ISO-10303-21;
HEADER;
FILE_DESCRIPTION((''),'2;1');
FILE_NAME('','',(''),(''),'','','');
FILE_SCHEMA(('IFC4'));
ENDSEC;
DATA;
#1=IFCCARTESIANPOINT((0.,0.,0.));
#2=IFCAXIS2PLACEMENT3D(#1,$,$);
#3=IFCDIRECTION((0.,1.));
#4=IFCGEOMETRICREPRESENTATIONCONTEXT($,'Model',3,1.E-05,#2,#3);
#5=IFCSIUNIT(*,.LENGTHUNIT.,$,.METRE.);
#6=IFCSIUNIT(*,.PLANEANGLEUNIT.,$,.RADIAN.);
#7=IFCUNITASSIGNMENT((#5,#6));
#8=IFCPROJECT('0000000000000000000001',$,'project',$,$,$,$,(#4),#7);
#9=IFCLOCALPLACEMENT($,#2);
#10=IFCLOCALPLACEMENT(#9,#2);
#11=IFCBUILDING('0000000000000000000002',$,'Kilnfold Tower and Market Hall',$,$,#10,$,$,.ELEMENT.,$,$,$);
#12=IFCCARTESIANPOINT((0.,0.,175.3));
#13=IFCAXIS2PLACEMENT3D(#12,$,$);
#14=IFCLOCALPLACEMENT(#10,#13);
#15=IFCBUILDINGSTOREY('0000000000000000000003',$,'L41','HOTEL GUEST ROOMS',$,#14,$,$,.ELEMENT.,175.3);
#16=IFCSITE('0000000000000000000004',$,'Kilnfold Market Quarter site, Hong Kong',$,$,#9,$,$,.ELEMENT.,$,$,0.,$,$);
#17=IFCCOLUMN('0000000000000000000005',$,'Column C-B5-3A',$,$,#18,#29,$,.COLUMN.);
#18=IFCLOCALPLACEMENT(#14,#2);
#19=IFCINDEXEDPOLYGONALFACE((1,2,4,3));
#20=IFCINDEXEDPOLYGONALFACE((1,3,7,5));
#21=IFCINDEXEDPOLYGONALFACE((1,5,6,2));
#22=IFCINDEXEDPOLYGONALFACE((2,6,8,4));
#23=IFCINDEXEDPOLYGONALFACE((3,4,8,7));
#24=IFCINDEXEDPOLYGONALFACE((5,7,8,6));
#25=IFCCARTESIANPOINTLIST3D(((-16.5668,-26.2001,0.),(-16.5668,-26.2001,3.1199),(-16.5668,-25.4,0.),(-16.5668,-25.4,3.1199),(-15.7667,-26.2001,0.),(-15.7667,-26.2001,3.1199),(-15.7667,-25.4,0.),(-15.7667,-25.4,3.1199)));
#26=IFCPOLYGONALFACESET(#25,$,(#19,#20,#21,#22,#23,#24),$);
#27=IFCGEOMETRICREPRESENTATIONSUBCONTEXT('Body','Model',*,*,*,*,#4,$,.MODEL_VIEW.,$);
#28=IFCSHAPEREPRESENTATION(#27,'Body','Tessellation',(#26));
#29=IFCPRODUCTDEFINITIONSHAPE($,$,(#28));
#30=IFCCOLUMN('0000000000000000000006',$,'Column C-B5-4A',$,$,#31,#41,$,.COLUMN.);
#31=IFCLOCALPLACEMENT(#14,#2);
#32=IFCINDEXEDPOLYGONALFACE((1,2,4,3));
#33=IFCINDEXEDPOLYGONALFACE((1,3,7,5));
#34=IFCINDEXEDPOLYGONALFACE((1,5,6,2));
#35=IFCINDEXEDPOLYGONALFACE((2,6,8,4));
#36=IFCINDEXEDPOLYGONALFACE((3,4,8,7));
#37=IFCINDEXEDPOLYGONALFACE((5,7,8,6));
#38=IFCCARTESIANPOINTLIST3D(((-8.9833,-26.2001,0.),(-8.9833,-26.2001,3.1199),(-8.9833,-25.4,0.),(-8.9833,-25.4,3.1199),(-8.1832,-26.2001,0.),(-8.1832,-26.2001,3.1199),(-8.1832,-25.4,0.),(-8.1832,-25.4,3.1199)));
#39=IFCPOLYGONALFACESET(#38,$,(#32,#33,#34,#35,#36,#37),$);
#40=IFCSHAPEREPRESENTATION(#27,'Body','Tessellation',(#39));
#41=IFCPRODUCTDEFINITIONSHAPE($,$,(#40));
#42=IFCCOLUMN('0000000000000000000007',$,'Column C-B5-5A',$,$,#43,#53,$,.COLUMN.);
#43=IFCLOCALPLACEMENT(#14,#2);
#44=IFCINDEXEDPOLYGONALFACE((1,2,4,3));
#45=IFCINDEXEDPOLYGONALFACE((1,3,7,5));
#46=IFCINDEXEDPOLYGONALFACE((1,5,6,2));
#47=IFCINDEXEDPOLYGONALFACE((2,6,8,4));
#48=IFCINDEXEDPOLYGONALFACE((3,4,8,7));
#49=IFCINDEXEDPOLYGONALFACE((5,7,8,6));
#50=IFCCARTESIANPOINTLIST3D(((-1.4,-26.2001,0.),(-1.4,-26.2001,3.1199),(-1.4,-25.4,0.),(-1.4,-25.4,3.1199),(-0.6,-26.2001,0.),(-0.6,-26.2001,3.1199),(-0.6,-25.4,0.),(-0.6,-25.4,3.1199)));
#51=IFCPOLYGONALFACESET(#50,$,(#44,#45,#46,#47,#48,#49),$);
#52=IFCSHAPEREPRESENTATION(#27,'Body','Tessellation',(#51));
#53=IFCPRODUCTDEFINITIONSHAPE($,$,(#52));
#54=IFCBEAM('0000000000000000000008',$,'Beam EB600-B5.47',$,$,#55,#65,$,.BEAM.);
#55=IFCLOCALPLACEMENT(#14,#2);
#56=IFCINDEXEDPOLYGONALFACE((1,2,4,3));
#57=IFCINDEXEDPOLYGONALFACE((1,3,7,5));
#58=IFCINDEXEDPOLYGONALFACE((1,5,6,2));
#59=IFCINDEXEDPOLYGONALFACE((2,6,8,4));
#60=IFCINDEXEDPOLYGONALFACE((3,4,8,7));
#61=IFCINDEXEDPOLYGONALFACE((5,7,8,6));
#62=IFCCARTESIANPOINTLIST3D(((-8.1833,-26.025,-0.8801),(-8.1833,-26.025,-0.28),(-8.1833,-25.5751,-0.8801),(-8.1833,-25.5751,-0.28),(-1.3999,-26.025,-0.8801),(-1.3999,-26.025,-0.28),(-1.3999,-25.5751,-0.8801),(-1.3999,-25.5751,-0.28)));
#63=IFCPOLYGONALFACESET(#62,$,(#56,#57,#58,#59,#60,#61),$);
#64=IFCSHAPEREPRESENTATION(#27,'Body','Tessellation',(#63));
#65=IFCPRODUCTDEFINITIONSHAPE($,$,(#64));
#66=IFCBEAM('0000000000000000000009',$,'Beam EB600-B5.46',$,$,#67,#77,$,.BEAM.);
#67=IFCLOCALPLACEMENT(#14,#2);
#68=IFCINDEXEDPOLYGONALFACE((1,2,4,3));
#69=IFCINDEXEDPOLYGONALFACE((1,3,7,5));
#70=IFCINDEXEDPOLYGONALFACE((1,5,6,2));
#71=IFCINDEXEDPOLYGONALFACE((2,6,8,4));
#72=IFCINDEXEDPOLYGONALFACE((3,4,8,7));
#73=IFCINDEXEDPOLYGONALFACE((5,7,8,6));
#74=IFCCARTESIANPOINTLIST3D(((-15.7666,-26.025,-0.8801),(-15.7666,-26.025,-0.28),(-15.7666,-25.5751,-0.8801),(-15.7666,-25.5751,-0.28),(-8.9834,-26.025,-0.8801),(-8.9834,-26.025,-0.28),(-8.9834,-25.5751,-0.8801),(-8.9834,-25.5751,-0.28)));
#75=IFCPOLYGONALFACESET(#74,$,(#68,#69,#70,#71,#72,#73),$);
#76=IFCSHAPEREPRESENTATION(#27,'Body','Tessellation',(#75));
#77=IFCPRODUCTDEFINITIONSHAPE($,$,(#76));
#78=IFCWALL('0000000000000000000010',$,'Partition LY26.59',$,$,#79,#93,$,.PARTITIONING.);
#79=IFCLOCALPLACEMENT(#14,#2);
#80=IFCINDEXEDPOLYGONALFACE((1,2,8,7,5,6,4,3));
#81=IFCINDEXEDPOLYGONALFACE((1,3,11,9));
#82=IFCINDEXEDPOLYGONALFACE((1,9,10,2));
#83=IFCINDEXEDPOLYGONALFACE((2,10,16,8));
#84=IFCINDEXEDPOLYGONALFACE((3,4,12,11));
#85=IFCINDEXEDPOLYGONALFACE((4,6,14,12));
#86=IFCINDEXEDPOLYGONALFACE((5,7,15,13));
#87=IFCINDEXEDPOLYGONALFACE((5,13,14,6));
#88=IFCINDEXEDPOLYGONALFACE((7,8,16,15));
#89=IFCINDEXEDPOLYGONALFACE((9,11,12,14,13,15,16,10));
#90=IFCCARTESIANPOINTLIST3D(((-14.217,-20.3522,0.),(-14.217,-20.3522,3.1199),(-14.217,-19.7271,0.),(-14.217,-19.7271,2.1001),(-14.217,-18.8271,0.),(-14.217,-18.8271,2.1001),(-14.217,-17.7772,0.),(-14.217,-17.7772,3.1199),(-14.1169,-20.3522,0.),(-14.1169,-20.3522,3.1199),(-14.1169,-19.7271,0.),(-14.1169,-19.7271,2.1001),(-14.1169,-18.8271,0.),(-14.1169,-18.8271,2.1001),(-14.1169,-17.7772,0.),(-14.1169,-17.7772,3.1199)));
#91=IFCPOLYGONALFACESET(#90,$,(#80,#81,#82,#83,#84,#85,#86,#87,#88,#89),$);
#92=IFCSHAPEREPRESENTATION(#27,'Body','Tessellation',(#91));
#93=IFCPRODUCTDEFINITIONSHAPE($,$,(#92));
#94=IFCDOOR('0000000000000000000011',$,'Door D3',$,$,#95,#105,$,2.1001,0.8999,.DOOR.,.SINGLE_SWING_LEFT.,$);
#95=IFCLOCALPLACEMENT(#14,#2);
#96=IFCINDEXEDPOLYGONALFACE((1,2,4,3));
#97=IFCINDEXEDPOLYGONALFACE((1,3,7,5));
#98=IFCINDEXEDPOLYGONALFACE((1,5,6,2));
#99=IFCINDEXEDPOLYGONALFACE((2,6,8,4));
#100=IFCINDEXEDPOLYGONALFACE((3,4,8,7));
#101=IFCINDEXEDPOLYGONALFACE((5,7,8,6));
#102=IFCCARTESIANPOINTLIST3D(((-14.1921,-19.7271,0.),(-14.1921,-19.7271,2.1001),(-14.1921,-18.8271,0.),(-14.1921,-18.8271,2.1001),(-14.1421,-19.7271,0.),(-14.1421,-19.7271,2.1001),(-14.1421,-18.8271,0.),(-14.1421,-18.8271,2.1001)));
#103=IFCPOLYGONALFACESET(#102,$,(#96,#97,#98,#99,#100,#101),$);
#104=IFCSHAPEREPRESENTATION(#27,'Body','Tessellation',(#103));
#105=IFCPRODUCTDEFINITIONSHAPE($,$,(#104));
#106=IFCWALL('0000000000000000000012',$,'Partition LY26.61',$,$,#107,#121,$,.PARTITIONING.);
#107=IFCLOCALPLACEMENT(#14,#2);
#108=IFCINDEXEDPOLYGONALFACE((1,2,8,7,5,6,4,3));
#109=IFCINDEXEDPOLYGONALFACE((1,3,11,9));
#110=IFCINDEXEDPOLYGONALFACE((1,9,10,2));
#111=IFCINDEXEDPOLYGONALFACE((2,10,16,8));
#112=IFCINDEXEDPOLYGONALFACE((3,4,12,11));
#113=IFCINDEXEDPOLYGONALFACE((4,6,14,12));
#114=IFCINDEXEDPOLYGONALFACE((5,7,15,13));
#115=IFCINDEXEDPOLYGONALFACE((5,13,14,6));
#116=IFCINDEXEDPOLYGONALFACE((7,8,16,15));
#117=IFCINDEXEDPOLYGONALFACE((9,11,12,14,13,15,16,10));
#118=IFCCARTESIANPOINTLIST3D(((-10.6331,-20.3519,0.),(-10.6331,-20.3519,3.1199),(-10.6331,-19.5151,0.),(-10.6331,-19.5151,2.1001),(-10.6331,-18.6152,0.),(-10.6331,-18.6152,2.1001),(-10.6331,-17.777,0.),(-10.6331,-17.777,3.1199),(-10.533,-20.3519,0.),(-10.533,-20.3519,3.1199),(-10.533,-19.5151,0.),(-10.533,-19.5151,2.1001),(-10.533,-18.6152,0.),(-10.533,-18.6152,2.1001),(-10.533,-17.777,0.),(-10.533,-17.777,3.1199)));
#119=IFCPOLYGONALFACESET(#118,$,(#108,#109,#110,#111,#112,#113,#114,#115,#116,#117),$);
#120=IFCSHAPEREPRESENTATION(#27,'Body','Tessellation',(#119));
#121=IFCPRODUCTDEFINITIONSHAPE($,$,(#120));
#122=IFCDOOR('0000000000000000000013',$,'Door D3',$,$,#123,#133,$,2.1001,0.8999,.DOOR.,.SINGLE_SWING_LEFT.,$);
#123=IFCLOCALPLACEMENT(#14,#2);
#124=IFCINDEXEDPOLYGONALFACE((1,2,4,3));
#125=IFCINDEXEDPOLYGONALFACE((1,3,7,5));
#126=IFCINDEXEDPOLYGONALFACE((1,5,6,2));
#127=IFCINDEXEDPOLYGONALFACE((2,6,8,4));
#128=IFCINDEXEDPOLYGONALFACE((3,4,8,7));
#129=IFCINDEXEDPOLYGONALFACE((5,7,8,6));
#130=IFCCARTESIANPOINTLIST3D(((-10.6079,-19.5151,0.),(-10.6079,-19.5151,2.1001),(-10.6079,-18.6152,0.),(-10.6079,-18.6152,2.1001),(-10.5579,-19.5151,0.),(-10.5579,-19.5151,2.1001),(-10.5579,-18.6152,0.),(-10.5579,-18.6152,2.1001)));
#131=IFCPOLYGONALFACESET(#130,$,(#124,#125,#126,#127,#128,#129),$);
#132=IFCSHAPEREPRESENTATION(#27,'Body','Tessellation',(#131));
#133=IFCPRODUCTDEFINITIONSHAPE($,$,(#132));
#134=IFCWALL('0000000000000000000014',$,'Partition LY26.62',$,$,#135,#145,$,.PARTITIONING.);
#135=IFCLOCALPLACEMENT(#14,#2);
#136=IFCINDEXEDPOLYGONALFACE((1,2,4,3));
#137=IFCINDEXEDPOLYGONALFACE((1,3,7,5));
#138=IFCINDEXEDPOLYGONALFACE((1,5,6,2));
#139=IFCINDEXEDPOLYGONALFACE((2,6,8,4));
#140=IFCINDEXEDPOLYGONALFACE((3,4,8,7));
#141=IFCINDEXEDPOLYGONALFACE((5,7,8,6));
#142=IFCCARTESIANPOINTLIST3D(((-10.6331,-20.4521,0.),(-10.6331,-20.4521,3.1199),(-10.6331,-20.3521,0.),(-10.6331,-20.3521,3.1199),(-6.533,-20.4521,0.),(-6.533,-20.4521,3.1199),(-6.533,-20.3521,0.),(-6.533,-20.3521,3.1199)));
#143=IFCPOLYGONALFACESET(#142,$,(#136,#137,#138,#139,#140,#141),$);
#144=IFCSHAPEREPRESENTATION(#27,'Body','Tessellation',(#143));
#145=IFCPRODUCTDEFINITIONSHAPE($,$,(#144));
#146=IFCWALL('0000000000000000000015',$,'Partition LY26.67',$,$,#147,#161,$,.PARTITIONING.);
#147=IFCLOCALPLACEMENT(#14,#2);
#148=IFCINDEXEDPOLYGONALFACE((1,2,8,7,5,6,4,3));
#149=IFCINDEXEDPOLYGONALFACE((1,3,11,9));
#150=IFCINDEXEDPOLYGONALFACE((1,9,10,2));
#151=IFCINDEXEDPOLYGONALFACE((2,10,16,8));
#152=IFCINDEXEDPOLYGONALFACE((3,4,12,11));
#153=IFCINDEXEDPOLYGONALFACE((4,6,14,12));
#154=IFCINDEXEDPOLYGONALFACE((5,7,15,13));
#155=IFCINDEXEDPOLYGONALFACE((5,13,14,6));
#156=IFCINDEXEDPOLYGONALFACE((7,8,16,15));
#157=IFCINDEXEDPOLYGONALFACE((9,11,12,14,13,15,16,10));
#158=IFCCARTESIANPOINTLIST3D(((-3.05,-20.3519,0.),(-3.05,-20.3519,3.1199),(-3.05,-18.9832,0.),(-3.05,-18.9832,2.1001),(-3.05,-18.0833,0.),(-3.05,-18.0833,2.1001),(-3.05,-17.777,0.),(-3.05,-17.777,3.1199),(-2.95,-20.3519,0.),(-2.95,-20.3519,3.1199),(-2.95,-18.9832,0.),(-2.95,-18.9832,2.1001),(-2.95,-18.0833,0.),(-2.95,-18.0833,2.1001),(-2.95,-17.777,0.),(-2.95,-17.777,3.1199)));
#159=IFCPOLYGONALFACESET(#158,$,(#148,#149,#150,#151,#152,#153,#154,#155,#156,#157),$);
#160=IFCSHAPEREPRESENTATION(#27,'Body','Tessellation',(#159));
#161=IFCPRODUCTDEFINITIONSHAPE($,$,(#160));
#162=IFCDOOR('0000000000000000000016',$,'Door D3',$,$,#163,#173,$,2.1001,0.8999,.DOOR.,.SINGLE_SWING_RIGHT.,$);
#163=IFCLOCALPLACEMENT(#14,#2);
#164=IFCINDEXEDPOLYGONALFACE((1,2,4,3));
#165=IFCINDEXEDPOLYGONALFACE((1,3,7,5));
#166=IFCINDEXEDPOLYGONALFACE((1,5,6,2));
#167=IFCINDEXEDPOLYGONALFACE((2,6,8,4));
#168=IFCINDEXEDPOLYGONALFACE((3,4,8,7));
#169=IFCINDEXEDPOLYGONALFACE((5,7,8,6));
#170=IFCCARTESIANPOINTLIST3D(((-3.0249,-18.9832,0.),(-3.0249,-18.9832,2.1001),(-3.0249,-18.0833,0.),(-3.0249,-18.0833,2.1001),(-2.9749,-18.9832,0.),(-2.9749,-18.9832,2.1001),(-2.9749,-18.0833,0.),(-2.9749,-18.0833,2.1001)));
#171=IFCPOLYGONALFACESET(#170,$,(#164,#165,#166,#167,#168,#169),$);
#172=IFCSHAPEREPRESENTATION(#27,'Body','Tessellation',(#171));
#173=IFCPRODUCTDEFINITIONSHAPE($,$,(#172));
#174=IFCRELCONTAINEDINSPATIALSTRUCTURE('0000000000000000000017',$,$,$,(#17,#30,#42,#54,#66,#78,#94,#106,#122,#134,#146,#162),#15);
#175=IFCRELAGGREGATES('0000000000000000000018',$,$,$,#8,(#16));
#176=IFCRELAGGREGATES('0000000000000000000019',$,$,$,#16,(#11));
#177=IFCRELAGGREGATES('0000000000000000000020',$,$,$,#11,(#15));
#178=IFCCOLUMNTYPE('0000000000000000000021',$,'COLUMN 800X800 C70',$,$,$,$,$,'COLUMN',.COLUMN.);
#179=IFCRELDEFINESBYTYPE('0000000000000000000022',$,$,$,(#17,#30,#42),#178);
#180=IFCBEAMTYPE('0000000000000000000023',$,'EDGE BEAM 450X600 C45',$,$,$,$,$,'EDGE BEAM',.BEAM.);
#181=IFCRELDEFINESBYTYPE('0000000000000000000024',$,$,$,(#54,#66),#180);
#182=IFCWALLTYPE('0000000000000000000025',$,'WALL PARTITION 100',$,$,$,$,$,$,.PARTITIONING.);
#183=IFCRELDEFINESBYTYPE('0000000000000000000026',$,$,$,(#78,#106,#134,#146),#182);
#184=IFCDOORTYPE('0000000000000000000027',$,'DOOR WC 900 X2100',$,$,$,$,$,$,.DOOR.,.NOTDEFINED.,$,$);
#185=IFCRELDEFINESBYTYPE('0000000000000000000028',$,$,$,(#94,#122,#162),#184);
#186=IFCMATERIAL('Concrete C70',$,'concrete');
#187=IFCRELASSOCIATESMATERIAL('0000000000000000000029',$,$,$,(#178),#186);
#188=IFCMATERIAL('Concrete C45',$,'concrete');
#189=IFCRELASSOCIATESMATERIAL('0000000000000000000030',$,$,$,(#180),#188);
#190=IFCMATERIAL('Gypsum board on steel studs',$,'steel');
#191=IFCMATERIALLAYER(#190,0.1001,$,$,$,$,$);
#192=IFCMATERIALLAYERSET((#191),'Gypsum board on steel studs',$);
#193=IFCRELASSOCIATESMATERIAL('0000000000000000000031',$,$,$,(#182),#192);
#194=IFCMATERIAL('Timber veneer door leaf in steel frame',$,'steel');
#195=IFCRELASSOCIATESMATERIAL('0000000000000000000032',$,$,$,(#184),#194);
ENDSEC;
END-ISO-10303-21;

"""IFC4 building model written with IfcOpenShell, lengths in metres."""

from ifc_helpers import new_model, si_unit, direction, frame, frame_2d, origin, origin_2d, place, context, subcontext, project, spatial, rectangle, extrude, source, transform, mapped, material, layer, layer_set, material_profile, profile_set, type_object, element, fill, save


model = new_model("IFC4")

# Units and contexts
model_context = context("Model", 3, precision=1e-05, world=origin(), true_north=direction((0.0, 1.0)))
body_context = subcontext(model_context, "Body", "Model", "MODEL_VIEW")
ifc_project = project(units=[si_unit("LENGTHUNIT", "METRE"), si_unit("PLANEANGLEUNIT", "RADIAN")], contexts=[model_context])

# Site, building, storey
site_placement = place(None, origin())
site = spatial("IfcSite", under=ifc_project, at=site_placement, Name="Kilnfold Market Quarter site, Hong Kong", CompositionType="ELEMENT", RefElevation=0.0)
building_placement = place(site_placement, origin())
building = spatial("IfcBuilding", under=site, at=building_placement, Name="Kilnfold Tower and Market Hall", CompositionType="ELEMENT")
storey_placement = place(building_placement, frame((0.0, 0.0, 175.3)))
storey = spatial("IfcBuildingStorey", under=building, at=storey_placement, Name="L41", Description="HOTEL GUEST ROOMS", CompositionType="ELEMENT", Elevation=175.3)

# Columns
ifc_material_1 = material(Name="Concrete C70", Category="concrete")
ifc_material_profile_1 = material_profile(ifc_material_1, rectangle(XDim=0.8, YDim=0.8, at=origin_2d()), Name="RC 800x800")
ifc_profile_set_1 = profile_set([ifc_material_profile_1], Name="Concrete C70")
column_type = type_object("IfcColumnType", Name="COLUMN 800X800 C70", ElementType="COLUMN", PredefinedType="COLUMN", material=ifc_profile_set_1)
shared_shape_1 = source(origin(), body_context, "Body", "SweptSolid", [
    extrude(rectangle(XDim=0.8, YDim=0.8, at=origin_2d()), origin(), (0.0, 0.0, 1.0), 3.1199),
])
for number, where, z_axis, x_axis, name in (
    (1, (-16.1667, -25.8, 0.0), (0.0, 0.0, 1.0), (1.0, 0.0, 0.0), "Column C-B5-3A"),
    (2, (-8.5833, -25.8, 0.0), (0.0, 0.0, 1.0), (1.0, 0.0, 0.0), "Column C-B5-4A"),
    (3, (-1.0, -25.8, 0.0), (0.0, 0.0, 1.0), (1.0, 0.0, 0.0), "Column C-B5-5A"),
):
    element("IfcColumn", number, at=place(storey_placement, frame(where, z_axis=z_axis, x_axis=x_axis)), inside=storey, type_object=column_type, Name=name, PredefinedType="COLUMN", context=body_context, shape_type="MappedRepresentation", body=[
        mapped(shared_shape_1, transform((0.0, 0.0, 0.0))),
    ])

# Beams
ifc_material_2 = material(Name="Concrete C45", Category="concrete")
ifc_material_profile_2 = material_profile(ifc_material_2, rectangle(XDim=0.45, YDim=0.6001, at=origin_2d()), Name="RC 450x600")
ifc_profile_set_2 = profile_set([ifc_material_profile_2], Name="Concrete C45")
beam_type = type_object("IfcBeamType", Name="EDGE BEAM 450X600 C45", ElementType="EDGE BEAM", PredefinedType="BEAM", material=ifc_profile_set_2)
shared_shape_2 = source(origin(), body_context, "Body", "SweptSolid", [
    extrude(rectangle(XDim=0.45, YDim=0.6001, at=origin_2d()), origin(), (0.0, 0.0, 1.0), 6.7834),
])
beam_1_placement = place(storey_placement, frame((-8.1833, -25.8, -0.5801), z_axis=(1.0, 0.0, 0.0), x_axis=(0.0, 1.0, 0.0)))
element("IfcBeam", 4, at=beam_1_placement, inside=storey, type_object=beam_type, Name="Beam EB600-B5.47", PredefinedType="BEAM", context=body_context, shape_type="MappedRepresentation", body=[
    mapped(shared_shape_2, transform((0.0, 0.0, 0.0))),
])
shared_shape_3 = source(origin(), body_context, "Body", "SweptSolid", [
    extrude(rectangle(XDim=0.45, YDim=0.6001, at=origin_2d()), origin(), (0.0, 0.0, 1.0), 6.7832),
])
beam_2_placement = place(storey_placement, frame((-15.7666, -25.8, -0.5801), z_axis=(1.0, 0.0, 0.0), x_axis=(0.0, 1.0, 0.0)))
element("IfcBeam", 5, at=beam_2_placement, inside=storey, type_object=beam_type, Name="Beam EB600-B5.46", PredefinedType="BEAM", context=body_context, shape_type="MappedRepresentation", body=[
    mapped(shared_shape_3, transform((0.0, 0.0, 0.0))),
])

# Walls, openings, doors
ifc_material_3 = material(Name="Gypsum board on steel studs", Category="steel")
ifc_layer_1 = layer(ifc_material_3, 0.1001)
ifc_layer_set_1 = layer_set([ifc_layer_1], Name="Gypsum board on steel studs")
wall_type_1 = type_object("IfcWallType", Name="WALL PARTITION 100", PredefinedType="PARTITIONING", material=ifc_layer_set_1)
wall_1_placement = place(storey_placement, frame((-14.167, -17.7771, 0.0), z_axis=(0.0, 0.0, 1.0), x_axis=(0.0, -1.0, 0.0)))
wall_1 = element("IfcWall", 6, at=wall_1_placement, inside=storey, type_object=wall_type_1, Name="Partition LY26.59", PredefinedType="PARTITIONING", context=body_context, shape_type="SweptSolid", body=[
    extrude(rectangle(XDim=2.575, YDim=0.1001, at=frame_2d((1.2876, 0.0))), origin(), (0.0, 0.0, 1.0), 3.1199),
])
opening_1_placement = place(wall_1_placement, frame((1.05, 0.0, 0.0)))
opening_1 = element("IfcOpeningElement", 7, at=opening_1_placement, cuts=wall_1, PredefinedType="OPENING", context=body_context, shape_type="SweptSolid", body=[
    extrude(rectangle(XDim=0.8999, YDim=2.1001, at=frame_2d((0.45, 1.05))), frame((0.0, 0.0601, 0.0), z_axis=(0.0, -1.0, 0.0), x_axis=(1.0, 0.0, 0.0)), (0.0, 0.0, 1.0), 0.1201),
])
ifc_material_4 = material(Name="Timber veneer door leaf in steel frame", Category="steel")
door_type = type_object("IfcDoorType", Name="DOOR WC 900 X2100", OperationType="NOTDEFINED", PredefinedType="DOOR", material=ifc_material_4)
door_1_placement = place(opening_1_placement, origin())
door_1 = element("IfcDoor", 8, at=door_1_placement, inside=storey, type_object=door_type, Name="Door D3", OperationType="SINGLE_SWING_LEFT", OverallHeight=2.1001, OverallWidth=0.8999, PredefinedType="DOOR", context=body_context, shape_type="SweptSolid", body=[
    extrude(rectangle(XDim=0.8999, YDim=2.1001, at=frame_2d((0.45, 1.05))), frame((0.0, 0.0249, 0.0), z_axis=(0.0, -1.0, 0.0), x_axis=(1.0, 0.0, 0.0)), (0.0, 0.0, 1.0), 0.05),
])
fill(opening_1, door_1)
wall_2_placement = place(storey_placement, frame((-10.583, -20.3521, 0.0), z_axis=(0.0, 0.0, 1.0), x_axis=(0.0, 1.0, 0.0)))
wall_2 = element("IfcWall", 9, at=wall_2_placement, inside=storey, type_object=wall_type_1, Name="Partition LY26.61", PredefinedType="PARTITIONING", context=body_context, shape_type="SweptSolid", body=[
    extrude(rectangle(XDim=2.575, YDim=0.1001, at=frame_2d((1.2876, 0.0))), origin(), (0.0, 0.0, 1.0), 3.1199),
])
opening_2_placement = place(wall_2_placement, frame((0.8369, 0.0, 0.0)))
opening_2 = element("IfcOpeningElement", 10, at=opening_2_placement, cuts=wall_2, PredefinedType="OPENING", context=body_context, shape_type="SweptSolid", body=[
    extrude(rectangle(XDim=0.8999, YDim=2.1001, at=frame_2d((0.45, 1.05))), frame((0.0, 0.0601, 0.0), z_axis=(0.0, -1.0, 0.0), x_axis=(1.0, 0.0, 0.0)), (0.0, 0.0, 1.0), 0.1201),
])
door_2_placement = place(opening_2_placement, origin())
door_2 = element("IfcDoor", 11, at=door_2_placement, inside=storey, type_object=door_type, Name="Door D3", OperationType="SINGLE_SWING_LEFT", OverallHeight=2.1001, OverallWidth=0.8999, PredefinedType="DOOR", context=body_context, shape_type="SweptSolid", body=[
    extrude(rectangle(XDim=0.8999, YDim=2.1001, at=frame_2d((0.45, 1.05))), frame((0.0, 0.0249, 0.0), z_axis=(0.0, -1.0, 0.0), x_axis=(1.0, 0.0, 0.0)), (0.0, 0.0, 1.0), 0.05),
])
fill(opening_2, door_2)

# Wall
wall_3_placement = place(storey_placement, frame((-10.6331, -20.4021, 0.0), z_axis=(0.0, 0.0, 1.0), x_axis=(1.0, 0.0, 0.0)))
element("IfcWall", 12, at=wall_3_placement, inside=storey, type_object=wall_type_1, Name="Partition LY26.62", PredefinedType="PARTITIONING", context=body_context, shape_type="SweptSolid", body=[
    extrude(rectangle(XDim=4.1001, YDim=0.1001, at=frame_2d((2.05, 0.0))), origin(), (0.0, 0.0, 1.0), 3.1199),
])

# Wall, opening, door
wall_4_placement = place(storey_placement, frame((-3.0, -20.3521, 0.0), z_axis=(0.0, 0.0, 1.0), x_axis=(0.0, 1.0, 0.0)))
wall_4 = element("IfcWall", 13, at=wall_4_placement, inside=storey, type_object=wall_type_1, Name="Partition LY26.67", PredefinedType="PARTITIONING", context=body_context, shape_type="SweptSolid", body=[
    extrude(rectangle(XDim=2.575, YDim=0.1001, at=frame_2d((1.2876, 0.0))), origin(), (0.0, 0.0, 1.0), 3.1199),
])
opening_3_placement = place(wall_4_placement, frame((1.3689, 0.0, 0.0)))
opening_3 = element("IfcOpeningElement", 14, at=opening_3_placement, cuts=wall_4, PredefinedType="OPENING", context=body_context, shape_type="SweptSolid", body=[
    extrude(rectangle(XDim=0.8999, YDim=2.1001, at=frame_2d((0.45, 1.05))), frame((0.0, 0.0601, 0.0), z_axis=(0.0, -1.0, 0.0), x_axis=(1.0, 0.0, 0.0)), (0.0, 0.0, 1.0), 0.1201),
])
door_3_placement = place(opening_3_placement, origin())
door_3 = element("IfcDoor", 15, at=door_3_placement, inside=storey, type_object=door_type, Name="Door D3", OperationType="SINGLE_SWING_RIGHT", OverallHeight=2.1001, OverallWidth=0.8999, PredefinedType="DOOR", context=body_context, shape_type="SweptSolid", body=[
    extrude(rectangle(XDim=0.8999, YDim=2.1001, at=frame_2d((0.45, 1.05))), frame((0.0, 0.0249, 0.0), z_axis=(0.0, -1.0, 0.0), x_axis=(1.0, 0.0, 0.0)), (0.0, 0.0, 1.0), 0.05),
])
fill(opening_3, door_3)

save(model, "model.ifc")
